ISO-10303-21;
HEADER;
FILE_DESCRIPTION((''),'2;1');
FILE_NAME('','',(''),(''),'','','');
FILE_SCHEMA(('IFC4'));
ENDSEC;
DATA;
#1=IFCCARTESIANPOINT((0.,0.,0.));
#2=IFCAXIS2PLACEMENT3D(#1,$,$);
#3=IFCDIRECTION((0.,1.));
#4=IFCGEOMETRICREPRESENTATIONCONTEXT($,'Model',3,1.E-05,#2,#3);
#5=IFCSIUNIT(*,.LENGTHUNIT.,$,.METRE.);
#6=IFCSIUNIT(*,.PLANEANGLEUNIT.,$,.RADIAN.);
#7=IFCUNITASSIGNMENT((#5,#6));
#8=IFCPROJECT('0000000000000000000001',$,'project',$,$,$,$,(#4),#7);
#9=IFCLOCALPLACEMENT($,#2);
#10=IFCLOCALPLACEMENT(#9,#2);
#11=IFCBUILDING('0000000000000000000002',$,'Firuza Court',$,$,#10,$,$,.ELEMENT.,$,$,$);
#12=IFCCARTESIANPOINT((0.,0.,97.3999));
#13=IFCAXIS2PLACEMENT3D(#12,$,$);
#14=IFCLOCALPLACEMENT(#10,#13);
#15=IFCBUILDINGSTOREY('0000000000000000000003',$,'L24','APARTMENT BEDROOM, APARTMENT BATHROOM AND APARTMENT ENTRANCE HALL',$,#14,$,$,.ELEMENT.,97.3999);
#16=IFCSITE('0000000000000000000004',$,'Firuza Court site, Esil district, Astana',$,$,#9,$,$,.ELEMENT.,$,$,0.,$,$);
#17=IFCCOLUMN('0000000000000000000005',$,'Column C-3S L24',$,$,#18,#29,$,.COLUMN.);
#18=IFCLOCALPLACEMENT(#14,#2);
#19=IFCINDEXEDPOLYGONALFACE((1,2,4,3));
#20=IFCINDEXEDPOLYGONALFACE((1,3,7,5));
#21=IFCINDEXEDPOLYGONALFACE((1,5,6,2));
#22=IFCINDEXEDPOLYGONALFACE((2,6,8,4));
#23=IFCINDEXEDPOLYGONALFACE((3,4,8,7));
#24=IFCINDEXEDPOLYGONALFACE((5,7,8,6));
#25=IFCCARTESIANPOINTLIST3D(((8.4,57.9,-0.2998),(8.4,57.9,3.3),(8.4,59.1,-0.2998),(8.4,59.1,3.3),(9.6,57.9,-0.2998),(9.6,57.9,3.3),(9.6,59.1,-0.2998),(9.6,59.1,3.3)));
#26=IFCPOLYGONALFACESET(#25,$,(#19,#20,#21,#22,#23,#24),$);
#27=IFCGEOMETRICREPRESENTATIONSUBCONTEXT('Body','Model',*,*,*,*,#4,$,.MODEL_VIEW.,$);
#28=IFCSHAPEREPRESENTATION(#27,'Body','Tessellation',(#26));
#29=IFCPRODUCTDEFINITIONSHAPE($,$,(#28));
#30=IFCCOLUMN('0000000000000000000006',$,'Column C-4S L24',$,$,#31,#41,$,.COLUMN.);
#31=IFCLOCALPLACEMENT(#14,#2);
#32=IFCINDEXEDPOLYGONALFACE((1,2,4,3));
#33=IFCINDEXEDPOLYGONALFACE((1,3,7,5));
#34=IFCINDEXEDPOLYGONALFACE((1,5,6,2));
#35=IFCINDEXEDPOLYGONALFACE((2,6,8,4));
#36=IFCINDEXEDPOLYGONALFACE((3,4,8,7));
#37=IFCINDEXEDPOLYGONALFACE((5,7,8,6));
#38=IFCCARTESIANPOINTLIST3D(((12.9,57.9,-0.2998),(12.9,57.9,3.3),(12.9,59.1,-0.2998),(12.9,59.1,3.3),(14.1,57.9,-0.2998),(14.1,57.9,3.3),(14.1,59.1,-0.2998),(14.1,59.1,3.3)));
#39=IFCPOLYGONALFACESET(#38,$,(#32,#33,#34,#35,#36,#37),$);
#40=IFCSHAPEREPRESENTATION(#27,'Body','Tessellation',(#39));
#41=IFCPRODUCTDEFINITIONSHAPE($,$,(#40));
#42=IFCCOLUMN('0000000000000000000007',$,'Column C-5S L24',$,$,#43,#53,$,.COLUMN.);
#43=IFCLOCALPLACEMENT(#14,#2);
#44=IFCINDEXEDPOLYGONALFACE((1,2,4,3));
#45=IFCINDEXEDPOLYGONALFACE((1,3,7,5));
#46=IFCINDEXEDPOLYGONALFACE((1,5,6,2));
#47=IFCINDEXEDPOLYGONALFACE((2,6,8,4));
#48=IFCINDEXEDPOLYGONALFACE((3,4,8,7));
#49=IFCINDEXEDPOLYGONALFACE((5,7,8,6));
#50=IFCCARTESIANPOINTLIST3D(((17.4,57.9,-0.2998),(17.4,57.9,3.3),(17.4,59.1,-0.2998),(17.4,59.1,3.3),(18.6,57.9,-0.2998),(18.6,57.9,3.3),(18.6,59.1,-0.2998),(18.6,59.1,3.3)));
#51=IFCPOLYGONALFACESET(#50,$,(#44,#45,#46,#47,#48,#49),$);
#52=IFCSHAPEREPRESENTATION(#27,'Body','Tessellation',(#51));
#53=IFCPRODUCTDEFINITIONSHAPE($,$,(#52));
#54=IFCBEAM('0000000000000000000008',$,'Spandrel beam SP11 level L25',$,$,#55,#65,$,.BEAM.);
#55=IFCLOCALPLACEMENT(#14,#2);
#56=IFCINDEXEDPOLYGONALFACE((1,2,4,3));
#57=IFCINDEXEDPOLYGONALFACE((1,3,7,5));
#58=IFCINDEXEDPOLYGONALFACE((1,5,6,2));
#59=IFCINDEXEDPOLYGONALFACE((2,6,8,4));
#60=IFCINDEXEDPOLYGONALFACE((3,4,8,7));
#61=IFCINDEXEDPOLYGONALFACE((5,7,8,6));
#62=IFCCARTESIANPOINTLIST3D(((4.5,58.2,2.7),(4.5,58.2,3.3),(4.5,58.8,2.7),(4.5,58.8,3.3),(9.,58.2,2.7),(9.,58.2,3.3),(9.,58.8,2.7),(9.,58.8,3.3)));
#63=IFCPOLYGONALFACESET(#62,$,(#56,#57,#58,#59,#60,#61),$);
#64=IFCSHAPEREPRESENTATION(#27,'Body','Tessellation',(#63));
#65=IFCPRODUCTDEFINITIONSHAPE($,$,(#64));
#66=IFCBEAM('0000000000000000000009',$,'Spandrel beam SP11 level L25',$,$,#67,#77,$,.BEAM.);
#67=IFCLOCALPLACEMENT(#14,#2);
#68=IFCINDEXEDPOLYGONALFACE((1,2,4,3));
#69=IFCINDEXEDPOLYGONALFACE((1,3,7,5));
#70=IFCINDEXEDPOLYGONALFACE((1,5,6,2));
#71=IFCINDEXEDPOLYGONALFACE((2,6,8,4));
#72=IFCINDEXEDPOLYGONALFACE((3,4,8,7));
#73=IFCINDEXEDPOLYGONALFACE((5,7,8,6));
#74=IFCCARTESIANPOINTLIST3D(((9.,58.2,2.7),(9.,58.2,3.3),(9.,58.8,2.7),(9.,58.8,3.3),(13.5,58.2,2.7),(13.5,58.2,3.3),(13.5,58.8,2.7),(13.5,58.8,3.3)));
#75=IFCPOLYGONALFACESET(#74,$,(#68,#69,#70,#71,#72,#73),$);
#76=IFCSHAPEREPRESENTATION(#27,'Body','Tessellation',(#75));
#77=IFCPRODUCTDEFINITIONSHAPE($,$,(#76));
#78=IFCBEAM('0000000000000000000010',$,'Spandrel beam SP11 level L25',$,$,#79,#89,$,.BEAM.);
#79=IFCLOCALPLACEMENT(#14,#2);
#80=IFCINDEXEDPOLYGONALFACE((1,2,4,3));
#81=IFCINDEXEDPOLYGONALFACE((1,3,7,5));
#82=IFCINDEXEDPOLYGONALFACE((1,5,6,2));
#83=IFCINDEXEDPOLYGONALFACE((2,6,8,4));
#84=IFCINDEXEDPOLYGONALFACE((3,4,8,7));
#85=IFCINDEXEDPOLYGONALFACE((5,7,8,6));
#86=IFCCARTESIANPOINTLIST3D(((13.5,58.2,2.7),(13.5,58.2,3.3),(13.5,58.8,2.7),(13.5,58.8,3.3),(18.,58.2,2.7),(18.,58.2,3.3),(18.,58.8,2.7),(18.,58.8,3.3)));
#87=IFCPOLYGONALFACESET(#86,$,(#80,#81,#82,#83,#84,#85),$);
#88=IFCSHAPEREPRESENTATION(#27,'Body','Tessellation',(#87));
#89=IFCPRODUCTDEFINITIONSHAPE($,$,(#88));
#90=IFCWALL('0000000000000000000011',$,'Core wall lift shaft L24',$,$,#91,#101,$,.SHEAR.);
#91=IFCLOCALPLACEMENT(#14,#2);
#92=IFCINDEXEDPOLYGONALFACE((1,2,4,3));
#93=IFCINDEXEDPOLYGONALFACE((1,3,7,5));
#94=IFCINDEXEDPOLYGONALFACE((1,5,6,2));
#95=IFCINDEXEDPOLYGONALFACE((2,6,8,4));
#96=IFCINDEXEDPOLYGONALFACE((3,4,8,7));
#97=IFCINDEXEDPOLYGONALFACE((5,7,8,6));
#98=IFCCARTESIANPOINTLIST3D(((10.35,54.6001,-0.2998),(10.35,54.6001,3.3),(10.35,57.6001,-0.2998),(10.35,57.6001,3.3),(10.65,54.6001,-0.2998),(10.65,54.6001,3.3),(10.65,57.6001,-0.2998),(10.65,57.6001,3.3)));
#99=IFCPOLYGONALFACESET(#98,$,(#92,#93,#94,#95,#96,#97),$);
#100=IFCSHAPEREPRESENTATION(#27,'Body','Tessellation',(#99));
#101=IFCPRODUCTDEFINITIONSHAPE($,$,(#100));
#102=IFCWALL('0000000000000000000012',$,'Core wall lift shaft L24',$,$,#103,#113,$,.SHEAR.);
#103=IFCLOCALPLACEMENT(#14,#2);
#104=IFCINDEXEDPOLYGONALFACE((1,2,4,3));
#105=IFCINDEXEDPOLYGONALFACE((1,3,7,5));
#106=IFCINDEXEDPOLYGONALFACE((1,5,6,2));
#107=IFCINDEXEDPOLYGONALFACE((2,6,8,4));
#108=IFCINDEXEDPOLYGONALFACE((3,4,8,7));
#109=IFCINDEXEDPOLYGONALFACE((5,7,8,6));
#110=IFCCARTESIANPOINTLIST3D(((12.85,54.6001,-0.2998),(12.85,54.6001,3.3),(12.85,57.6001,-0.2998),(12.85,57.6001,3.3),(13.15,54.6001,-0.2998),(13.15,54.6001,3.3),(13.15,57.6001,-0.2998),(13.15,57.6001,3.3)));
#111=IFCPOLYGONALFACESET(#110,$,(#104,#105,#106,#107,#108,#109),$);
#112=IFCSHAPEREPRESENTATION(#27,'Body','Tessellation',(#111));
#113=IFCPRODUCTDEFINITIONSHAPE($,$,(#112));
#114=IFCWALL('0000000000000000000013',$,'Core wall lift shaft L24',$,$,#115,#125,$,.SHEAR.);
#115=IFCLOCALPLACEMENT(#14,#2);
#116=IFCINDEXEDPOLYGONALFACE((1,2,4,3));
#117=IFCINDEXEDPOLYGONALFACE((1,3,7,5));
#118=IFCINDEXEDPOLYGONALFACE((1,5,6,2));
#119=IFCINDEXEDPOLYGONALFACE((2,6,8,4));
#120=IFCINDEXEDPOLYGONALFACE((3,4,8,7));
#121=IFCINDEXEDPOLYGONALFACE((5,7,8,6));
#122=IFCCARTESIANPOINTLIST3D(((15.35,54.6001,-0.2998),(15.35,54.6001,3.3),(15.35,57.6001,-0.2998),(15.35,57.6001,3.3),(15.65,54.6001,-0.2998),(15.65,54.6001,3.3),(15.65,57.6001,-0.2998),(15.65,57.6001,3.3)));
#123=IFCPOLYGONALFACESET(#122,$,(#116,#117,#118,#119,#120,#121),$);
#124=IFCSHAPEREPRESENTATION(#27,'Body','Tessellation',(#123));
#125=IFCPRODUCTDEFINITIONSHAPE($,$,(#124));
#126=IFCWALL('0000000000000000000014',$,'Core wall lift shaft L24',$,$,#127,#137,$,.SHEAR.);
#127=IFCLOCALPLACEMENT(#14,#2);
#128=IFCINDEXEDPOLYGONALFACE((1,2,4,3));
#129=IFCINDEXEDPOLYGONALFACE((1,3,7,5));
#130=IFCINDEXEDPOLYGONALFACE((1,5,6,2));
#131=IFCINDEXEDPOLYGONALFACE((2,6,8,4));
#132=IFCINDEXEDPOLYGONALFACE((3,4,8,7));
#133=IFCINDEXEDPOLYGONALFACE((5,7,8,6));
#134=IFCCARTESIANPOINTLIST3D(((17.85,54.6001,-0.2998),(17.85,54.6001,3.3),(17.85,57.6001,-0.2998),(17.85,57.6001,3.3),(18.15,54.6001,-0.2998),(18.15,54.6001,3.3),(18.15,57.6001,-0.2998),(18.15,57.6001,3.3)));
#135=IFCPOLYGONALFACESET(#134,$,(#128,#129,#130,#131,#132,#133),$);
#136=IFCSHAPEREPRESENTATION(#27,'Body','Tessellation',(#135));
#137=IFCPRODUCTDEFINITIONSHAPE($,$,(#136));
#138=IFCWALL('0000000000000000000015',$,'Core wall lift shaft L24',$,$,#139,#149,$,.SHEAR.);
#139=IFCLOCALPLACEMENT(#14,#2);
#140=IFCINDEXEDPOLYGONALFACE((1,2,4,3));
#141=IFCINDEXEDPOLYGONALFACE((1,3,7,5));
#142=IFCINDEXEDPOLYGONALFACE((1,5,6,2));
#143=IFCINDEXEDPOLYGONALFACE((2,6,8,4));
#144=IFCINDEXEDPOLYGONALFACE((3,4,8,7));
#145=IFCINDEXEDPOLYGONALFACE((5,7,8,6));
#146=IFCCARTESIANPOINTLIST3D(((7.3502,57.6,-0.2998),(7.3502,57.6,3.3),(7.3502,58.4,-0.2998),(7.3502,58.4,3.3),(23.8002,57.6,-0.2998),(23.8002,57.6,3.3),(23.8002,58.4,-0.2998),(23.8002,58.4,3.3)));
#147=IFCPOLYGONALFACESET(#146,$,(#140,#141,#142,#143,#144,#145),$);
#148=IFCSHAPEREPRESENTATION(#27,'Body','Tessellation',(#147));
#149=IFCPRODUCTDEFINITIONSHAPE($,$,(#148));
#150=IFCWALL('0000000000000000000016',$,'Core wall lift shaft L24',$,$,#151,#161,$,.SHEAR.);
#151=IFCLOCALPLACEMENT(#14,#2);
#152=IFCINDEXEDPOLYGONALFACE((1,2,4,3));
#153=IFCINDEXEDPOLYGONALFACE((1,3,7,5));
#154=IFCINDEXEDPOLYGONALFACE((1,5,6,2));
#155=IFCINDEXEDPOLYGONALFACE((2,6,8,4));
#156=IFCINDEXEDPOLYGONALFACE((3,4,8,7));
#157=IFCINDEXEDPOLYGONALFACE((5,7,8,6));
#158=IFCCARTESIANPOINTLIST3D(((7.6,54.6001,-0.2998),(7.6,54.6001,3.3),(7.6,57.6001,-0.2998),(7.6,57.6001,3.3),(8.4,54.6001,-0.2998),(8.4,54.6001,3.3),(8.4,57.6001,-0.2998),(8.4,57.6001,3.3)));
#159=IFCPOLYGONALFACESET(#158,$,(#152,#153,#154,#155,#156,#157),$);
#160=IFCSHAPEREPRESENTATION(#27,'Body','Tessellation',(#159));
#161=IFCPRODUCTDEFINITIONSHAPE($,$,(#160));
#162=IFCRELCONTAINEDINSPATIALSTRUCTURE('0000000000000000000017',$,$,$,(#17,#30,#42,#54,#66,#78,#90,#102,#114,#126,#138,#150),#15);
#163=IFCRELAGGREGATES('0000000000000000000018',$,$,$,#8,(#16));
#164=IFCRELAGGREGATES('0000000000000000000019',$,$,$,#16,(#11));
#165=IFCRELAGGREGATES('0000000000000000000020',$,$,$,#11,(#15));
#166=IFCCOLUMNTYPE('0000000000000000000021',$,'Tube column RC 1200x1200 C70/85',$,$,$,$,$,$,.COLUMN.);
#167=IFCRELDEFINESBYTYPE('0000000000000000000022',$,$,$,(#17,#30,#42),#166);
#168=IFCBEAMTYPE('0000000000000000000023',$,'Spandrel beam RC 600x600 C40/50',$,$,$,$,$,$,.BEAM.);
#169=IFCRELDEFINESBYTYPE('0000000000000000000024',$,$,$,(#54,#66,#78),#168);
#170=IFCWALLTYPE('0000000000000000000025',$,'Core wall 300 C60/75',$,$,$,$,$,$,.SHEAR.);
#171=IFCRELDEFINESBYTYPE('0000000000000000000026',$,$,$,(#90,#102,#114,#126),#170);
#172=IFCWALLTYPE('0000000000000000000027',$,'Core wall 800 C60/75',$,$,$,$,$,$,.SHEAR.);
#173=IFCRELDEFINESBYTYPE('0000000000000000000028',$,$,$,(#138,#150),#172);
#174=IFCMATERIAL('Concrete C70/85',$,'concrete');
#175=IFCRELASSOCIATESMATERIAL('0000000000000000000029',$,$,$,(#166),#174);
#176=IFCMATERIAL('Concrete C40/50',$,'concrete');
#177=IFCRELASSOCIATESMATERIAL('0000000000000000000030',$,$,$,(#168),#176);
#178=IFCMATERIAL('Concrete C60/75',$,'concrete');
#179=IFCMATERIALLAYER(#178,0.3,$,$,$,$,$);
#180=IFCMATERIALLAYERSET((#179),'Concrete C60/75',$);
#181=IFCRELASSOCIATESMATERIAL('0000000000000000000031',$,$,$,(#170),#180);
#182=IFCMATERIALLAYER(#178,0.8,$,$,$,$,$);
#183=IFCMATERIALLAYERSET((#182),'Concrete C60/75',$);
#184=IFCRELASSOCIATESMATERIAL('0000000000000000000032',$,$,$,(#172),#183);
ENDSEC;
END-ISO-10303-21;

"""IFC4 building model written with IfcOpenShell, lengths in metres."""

from ifc_helpers import new_model, si_unit, direction, frame, frame_2d, origin, origin_2d, place, context, subcontext, project, spatial, rectangle, extrude, material, layer, layer_set, material_profile, profile_set, type_object, element, save


model = new_model("IFC4")

# Units and contexts
model_context = context("Model", 3, precision=1e-05, world=origin(), true_north=direction((0.0, 1.0)))
body_context = subcontext(model_context, "Body", "Model", "MODEL_VIEW")
ifc_project = project(units=[si_unit("LENGTHUNIT", "METRE"), si_unit("PLANEANGLEUNIT", "RADIAN")], contexts=[model_context])

# Site, building, storey
site_placement = place(None, origin())
site = spatial("IfcSite", under=ifc_project, at=site_placement, Name="Firuza Court site, Esil district, Astana", CompositionType="ELEMENT", RefElevation=0.0)
building_placement = place(site_placement, origin())
building = spatial("IfcBuilding", under=site, at=building_placement, Name="Firuza Court", CompositionType="ELEMENT")
storey_placement = place(building_placement, frame((0.0, 0.0, 97.3999)))
storey = spatial("IfcBuildingStorey", under=building, at=storey_placement, Name="L24", Description="APARTMENT BEDROOM, APARTMENT BATHROOM AND APARTMENT ENTRANCE HALL", CompositionType="ELEMENT", Elevation=97.3999)

# Columns
ifc_material_1 = material(Name="Concrete C70/85", Category="concrete")
ifc_material_profile_1 = material_profile(ifc_material_1, rectangle(XDim=1.2, YDim=1.2, at=origin_2d()), Name="RC 1200x1200")
ifc_profile_set_1 = profile_set([ifc_material_profile_1], Name="Concrete C70/85")
column_type = type_object("IfcColumnType", Name="Tube column RC 1200x1200 C70/85", PredefinedType="COLUMN", material=ifc_profile_set_1)
for number, where, z_axis, x_axis, name in (
    (1, (9.0, 58.5, -0.2998), (0.0, 0.0, 1.0), (1.0, 0.0, 0.0), "Column C-3S L24"),
    (2, (13.5, 58.5, -0.2998), (0.0, 0.0, 1.0), (1.0, 0.0, 0.0), "Column C-4S L24"),
    (3, (18.0, 58.5, -0.2998), (0.0, 0.0, 1.0), (1.0, 0.0, 0.0), "Column C-5S L24"),
):
    element("IfcColumn", number, at=place(storey_placement, frame(where, z_axis=z_axis, x_axis=x_axis)), inside=storey, type_object=column_type, Name=name, PredefinedType="COLUMN", context=body_context, shape_type="SweptSolid", body=[
        extrude(rectangle(XDim=1.2, YDim=1.2, at=origin_2d()), origin(), (0.0, 0.0, 1.0), 3.5999),
    ])

# Beams
ifc_material_2 = material(Name="Concrete C40/50", Category="concrete")
ifc_material_profile_2 = material_profile(ifc_material_2, rectangle(XDim=0.6001, YDim=0.6001, at=origin_2d()), Name="RC 600x600")
ifc_profile_set_2 = profile_set([ifc_material_profile_2], Name="Concrete C40/50")
beam_type = type_object("IfcBeamType", Name="Spandrel beam RC 600x600 C40/50", PredefinedType="BEAM", material=ifc_profile_set_2)
for number, where, z_axis, x_axis, name in (
    (4, (9.0, 58.5, 3.0), (-1.0, 0.0, 0.0), (0.0, -1.0, 0.0), "Spandrel beam SP11 level L25"),
    (5, (13.5, 58.5, 3.0), (-1.0, 0.0, 0.0), (0.0, -1.0, 0.0), "Spandrel beam SP11 level L25"),
    (6, (18.0, 58.5, 3.0), (-1.0, 0.0, 0.0), (0.0, -1.0, 0.0), "Spandrel beam SP11 level L25"),
):
    element("IfcBeam", number, at=place(storey_placement, frame(where, z_axis=z_axis, x_axis=x_axis)), inside=storey, type_object=beam_type, Name=name, PredefinedType="BEAM", context=body_context, shape_type="SweptSolid", body=[
        extrude(rectangle(XDim=0.6001, YDim=0.6001, at=origin_2d()), origin(), (0.0, 0.0, 1.0), 4.5),
    ])

# Walls
ifc_material_3 = material(Name="Concrete C60/75", Category="concrete")
ifc_layer_1 = layer(ifc_material_3, 0.3)
ifc_layer_set_1 = layer_set([ifc_layer_1], Name="Concrete C60/75")
wall_type_1 = type_object("IfcWallType", Name="Core wall 300 C60/75", PredefinedType="SHEAR", material=ifc_layer_set_1)
for number, where, z_axis, x_axis, name in (
    (7, (10.5, 54.6001, -0.2998), (0.0, 0.0, 1.0), (0.0, 1.0, 0.0), "Core wall lift shaft L24"),
    (8, (13.0, 54.6001, -0.2998), (0.0, 0.0, 1.0), (0.0, 1.0, 0.0), "Core wall lift shaft L24"),
    (9, (15.5, 54.6001, -0.2998), (0.0, 0.0, 1.0), (0.0, 1.0, 0.0), "Core wall lift shaft L24"),
    (10, (18.0, 54.6001, -0.2998), (0.0, 0.0, 1.0), (0.0, 1.0, 0.0), "Core wall lift shaft L24"),
):
    element("IfcWall", number, at=place(storey_placement, frame(where, z_axis=z_axis, x_axis=x_axis)), inside=storey, type_object=wall_type_1, Name=name, PredefinedType="SHEAR", context=body_context, shape_type="SweptSolid", body=[
        extrude(rectangle(XDim=3.0, YDim=0.3, at=frame_2d((1.5, 0.0))), origin(), (0.0, 0.0, 1.0), 3.5999),
    ])
ifc_layer_2 = layer(ifc_material_3, 0.8)
ifc_layer_set_2 = layer_set([ifc_layer_2], Name="Concrete C60/75")
wall_type_2 = type_object("IfcWallType", Name="Core wall 800 C60/75", PredefinedType="SHEAR", material=ifc_layer_set_2)
wall_1_placement = place(storey_placement, frame((7.3501, 58.0, -0.2998), z_axis=(0.0, 0.0, 1.0), x_axis=(1.0, 0.0, 0.0)))
element("IfcWall", 11, at=wall_1_placement, inside=storey, type_object=wall_type_2, Name="Core wall lift shaft L24", PredefinedType="SHEAR", context=body_context, shape_type="SweptSolid", body=[
    extrude(rectangle(XDim=16.45, YDim=0.8, at=frame_2d((8.2251, 0.0))), origin(), (0.0, 0.0, 1.0), 3.5999),
])
wall_2_placement = place(storey_placement, frame((8.0, 54.6001, -0.2998), z_axis=(0.0, 0.0, 1.0), x_axis=(0.0, 1.0, 0.0)))
element("IfcWall", 12, at=wall_2_placement, inside=storey, type_object=wall_type_2, Name="Core wall lift shaft L24", PredefinedType="SHEAR", context=body_context, shape_type="SweptSolid", body=[
    extrude(rectangle(XDim=3.0, YDim=0.8, at=frame_2d((1.5, 0.0))), origin(), (0.0, 0.0, 1.0), 3.5999),
])

save(model, "model.ifc")
